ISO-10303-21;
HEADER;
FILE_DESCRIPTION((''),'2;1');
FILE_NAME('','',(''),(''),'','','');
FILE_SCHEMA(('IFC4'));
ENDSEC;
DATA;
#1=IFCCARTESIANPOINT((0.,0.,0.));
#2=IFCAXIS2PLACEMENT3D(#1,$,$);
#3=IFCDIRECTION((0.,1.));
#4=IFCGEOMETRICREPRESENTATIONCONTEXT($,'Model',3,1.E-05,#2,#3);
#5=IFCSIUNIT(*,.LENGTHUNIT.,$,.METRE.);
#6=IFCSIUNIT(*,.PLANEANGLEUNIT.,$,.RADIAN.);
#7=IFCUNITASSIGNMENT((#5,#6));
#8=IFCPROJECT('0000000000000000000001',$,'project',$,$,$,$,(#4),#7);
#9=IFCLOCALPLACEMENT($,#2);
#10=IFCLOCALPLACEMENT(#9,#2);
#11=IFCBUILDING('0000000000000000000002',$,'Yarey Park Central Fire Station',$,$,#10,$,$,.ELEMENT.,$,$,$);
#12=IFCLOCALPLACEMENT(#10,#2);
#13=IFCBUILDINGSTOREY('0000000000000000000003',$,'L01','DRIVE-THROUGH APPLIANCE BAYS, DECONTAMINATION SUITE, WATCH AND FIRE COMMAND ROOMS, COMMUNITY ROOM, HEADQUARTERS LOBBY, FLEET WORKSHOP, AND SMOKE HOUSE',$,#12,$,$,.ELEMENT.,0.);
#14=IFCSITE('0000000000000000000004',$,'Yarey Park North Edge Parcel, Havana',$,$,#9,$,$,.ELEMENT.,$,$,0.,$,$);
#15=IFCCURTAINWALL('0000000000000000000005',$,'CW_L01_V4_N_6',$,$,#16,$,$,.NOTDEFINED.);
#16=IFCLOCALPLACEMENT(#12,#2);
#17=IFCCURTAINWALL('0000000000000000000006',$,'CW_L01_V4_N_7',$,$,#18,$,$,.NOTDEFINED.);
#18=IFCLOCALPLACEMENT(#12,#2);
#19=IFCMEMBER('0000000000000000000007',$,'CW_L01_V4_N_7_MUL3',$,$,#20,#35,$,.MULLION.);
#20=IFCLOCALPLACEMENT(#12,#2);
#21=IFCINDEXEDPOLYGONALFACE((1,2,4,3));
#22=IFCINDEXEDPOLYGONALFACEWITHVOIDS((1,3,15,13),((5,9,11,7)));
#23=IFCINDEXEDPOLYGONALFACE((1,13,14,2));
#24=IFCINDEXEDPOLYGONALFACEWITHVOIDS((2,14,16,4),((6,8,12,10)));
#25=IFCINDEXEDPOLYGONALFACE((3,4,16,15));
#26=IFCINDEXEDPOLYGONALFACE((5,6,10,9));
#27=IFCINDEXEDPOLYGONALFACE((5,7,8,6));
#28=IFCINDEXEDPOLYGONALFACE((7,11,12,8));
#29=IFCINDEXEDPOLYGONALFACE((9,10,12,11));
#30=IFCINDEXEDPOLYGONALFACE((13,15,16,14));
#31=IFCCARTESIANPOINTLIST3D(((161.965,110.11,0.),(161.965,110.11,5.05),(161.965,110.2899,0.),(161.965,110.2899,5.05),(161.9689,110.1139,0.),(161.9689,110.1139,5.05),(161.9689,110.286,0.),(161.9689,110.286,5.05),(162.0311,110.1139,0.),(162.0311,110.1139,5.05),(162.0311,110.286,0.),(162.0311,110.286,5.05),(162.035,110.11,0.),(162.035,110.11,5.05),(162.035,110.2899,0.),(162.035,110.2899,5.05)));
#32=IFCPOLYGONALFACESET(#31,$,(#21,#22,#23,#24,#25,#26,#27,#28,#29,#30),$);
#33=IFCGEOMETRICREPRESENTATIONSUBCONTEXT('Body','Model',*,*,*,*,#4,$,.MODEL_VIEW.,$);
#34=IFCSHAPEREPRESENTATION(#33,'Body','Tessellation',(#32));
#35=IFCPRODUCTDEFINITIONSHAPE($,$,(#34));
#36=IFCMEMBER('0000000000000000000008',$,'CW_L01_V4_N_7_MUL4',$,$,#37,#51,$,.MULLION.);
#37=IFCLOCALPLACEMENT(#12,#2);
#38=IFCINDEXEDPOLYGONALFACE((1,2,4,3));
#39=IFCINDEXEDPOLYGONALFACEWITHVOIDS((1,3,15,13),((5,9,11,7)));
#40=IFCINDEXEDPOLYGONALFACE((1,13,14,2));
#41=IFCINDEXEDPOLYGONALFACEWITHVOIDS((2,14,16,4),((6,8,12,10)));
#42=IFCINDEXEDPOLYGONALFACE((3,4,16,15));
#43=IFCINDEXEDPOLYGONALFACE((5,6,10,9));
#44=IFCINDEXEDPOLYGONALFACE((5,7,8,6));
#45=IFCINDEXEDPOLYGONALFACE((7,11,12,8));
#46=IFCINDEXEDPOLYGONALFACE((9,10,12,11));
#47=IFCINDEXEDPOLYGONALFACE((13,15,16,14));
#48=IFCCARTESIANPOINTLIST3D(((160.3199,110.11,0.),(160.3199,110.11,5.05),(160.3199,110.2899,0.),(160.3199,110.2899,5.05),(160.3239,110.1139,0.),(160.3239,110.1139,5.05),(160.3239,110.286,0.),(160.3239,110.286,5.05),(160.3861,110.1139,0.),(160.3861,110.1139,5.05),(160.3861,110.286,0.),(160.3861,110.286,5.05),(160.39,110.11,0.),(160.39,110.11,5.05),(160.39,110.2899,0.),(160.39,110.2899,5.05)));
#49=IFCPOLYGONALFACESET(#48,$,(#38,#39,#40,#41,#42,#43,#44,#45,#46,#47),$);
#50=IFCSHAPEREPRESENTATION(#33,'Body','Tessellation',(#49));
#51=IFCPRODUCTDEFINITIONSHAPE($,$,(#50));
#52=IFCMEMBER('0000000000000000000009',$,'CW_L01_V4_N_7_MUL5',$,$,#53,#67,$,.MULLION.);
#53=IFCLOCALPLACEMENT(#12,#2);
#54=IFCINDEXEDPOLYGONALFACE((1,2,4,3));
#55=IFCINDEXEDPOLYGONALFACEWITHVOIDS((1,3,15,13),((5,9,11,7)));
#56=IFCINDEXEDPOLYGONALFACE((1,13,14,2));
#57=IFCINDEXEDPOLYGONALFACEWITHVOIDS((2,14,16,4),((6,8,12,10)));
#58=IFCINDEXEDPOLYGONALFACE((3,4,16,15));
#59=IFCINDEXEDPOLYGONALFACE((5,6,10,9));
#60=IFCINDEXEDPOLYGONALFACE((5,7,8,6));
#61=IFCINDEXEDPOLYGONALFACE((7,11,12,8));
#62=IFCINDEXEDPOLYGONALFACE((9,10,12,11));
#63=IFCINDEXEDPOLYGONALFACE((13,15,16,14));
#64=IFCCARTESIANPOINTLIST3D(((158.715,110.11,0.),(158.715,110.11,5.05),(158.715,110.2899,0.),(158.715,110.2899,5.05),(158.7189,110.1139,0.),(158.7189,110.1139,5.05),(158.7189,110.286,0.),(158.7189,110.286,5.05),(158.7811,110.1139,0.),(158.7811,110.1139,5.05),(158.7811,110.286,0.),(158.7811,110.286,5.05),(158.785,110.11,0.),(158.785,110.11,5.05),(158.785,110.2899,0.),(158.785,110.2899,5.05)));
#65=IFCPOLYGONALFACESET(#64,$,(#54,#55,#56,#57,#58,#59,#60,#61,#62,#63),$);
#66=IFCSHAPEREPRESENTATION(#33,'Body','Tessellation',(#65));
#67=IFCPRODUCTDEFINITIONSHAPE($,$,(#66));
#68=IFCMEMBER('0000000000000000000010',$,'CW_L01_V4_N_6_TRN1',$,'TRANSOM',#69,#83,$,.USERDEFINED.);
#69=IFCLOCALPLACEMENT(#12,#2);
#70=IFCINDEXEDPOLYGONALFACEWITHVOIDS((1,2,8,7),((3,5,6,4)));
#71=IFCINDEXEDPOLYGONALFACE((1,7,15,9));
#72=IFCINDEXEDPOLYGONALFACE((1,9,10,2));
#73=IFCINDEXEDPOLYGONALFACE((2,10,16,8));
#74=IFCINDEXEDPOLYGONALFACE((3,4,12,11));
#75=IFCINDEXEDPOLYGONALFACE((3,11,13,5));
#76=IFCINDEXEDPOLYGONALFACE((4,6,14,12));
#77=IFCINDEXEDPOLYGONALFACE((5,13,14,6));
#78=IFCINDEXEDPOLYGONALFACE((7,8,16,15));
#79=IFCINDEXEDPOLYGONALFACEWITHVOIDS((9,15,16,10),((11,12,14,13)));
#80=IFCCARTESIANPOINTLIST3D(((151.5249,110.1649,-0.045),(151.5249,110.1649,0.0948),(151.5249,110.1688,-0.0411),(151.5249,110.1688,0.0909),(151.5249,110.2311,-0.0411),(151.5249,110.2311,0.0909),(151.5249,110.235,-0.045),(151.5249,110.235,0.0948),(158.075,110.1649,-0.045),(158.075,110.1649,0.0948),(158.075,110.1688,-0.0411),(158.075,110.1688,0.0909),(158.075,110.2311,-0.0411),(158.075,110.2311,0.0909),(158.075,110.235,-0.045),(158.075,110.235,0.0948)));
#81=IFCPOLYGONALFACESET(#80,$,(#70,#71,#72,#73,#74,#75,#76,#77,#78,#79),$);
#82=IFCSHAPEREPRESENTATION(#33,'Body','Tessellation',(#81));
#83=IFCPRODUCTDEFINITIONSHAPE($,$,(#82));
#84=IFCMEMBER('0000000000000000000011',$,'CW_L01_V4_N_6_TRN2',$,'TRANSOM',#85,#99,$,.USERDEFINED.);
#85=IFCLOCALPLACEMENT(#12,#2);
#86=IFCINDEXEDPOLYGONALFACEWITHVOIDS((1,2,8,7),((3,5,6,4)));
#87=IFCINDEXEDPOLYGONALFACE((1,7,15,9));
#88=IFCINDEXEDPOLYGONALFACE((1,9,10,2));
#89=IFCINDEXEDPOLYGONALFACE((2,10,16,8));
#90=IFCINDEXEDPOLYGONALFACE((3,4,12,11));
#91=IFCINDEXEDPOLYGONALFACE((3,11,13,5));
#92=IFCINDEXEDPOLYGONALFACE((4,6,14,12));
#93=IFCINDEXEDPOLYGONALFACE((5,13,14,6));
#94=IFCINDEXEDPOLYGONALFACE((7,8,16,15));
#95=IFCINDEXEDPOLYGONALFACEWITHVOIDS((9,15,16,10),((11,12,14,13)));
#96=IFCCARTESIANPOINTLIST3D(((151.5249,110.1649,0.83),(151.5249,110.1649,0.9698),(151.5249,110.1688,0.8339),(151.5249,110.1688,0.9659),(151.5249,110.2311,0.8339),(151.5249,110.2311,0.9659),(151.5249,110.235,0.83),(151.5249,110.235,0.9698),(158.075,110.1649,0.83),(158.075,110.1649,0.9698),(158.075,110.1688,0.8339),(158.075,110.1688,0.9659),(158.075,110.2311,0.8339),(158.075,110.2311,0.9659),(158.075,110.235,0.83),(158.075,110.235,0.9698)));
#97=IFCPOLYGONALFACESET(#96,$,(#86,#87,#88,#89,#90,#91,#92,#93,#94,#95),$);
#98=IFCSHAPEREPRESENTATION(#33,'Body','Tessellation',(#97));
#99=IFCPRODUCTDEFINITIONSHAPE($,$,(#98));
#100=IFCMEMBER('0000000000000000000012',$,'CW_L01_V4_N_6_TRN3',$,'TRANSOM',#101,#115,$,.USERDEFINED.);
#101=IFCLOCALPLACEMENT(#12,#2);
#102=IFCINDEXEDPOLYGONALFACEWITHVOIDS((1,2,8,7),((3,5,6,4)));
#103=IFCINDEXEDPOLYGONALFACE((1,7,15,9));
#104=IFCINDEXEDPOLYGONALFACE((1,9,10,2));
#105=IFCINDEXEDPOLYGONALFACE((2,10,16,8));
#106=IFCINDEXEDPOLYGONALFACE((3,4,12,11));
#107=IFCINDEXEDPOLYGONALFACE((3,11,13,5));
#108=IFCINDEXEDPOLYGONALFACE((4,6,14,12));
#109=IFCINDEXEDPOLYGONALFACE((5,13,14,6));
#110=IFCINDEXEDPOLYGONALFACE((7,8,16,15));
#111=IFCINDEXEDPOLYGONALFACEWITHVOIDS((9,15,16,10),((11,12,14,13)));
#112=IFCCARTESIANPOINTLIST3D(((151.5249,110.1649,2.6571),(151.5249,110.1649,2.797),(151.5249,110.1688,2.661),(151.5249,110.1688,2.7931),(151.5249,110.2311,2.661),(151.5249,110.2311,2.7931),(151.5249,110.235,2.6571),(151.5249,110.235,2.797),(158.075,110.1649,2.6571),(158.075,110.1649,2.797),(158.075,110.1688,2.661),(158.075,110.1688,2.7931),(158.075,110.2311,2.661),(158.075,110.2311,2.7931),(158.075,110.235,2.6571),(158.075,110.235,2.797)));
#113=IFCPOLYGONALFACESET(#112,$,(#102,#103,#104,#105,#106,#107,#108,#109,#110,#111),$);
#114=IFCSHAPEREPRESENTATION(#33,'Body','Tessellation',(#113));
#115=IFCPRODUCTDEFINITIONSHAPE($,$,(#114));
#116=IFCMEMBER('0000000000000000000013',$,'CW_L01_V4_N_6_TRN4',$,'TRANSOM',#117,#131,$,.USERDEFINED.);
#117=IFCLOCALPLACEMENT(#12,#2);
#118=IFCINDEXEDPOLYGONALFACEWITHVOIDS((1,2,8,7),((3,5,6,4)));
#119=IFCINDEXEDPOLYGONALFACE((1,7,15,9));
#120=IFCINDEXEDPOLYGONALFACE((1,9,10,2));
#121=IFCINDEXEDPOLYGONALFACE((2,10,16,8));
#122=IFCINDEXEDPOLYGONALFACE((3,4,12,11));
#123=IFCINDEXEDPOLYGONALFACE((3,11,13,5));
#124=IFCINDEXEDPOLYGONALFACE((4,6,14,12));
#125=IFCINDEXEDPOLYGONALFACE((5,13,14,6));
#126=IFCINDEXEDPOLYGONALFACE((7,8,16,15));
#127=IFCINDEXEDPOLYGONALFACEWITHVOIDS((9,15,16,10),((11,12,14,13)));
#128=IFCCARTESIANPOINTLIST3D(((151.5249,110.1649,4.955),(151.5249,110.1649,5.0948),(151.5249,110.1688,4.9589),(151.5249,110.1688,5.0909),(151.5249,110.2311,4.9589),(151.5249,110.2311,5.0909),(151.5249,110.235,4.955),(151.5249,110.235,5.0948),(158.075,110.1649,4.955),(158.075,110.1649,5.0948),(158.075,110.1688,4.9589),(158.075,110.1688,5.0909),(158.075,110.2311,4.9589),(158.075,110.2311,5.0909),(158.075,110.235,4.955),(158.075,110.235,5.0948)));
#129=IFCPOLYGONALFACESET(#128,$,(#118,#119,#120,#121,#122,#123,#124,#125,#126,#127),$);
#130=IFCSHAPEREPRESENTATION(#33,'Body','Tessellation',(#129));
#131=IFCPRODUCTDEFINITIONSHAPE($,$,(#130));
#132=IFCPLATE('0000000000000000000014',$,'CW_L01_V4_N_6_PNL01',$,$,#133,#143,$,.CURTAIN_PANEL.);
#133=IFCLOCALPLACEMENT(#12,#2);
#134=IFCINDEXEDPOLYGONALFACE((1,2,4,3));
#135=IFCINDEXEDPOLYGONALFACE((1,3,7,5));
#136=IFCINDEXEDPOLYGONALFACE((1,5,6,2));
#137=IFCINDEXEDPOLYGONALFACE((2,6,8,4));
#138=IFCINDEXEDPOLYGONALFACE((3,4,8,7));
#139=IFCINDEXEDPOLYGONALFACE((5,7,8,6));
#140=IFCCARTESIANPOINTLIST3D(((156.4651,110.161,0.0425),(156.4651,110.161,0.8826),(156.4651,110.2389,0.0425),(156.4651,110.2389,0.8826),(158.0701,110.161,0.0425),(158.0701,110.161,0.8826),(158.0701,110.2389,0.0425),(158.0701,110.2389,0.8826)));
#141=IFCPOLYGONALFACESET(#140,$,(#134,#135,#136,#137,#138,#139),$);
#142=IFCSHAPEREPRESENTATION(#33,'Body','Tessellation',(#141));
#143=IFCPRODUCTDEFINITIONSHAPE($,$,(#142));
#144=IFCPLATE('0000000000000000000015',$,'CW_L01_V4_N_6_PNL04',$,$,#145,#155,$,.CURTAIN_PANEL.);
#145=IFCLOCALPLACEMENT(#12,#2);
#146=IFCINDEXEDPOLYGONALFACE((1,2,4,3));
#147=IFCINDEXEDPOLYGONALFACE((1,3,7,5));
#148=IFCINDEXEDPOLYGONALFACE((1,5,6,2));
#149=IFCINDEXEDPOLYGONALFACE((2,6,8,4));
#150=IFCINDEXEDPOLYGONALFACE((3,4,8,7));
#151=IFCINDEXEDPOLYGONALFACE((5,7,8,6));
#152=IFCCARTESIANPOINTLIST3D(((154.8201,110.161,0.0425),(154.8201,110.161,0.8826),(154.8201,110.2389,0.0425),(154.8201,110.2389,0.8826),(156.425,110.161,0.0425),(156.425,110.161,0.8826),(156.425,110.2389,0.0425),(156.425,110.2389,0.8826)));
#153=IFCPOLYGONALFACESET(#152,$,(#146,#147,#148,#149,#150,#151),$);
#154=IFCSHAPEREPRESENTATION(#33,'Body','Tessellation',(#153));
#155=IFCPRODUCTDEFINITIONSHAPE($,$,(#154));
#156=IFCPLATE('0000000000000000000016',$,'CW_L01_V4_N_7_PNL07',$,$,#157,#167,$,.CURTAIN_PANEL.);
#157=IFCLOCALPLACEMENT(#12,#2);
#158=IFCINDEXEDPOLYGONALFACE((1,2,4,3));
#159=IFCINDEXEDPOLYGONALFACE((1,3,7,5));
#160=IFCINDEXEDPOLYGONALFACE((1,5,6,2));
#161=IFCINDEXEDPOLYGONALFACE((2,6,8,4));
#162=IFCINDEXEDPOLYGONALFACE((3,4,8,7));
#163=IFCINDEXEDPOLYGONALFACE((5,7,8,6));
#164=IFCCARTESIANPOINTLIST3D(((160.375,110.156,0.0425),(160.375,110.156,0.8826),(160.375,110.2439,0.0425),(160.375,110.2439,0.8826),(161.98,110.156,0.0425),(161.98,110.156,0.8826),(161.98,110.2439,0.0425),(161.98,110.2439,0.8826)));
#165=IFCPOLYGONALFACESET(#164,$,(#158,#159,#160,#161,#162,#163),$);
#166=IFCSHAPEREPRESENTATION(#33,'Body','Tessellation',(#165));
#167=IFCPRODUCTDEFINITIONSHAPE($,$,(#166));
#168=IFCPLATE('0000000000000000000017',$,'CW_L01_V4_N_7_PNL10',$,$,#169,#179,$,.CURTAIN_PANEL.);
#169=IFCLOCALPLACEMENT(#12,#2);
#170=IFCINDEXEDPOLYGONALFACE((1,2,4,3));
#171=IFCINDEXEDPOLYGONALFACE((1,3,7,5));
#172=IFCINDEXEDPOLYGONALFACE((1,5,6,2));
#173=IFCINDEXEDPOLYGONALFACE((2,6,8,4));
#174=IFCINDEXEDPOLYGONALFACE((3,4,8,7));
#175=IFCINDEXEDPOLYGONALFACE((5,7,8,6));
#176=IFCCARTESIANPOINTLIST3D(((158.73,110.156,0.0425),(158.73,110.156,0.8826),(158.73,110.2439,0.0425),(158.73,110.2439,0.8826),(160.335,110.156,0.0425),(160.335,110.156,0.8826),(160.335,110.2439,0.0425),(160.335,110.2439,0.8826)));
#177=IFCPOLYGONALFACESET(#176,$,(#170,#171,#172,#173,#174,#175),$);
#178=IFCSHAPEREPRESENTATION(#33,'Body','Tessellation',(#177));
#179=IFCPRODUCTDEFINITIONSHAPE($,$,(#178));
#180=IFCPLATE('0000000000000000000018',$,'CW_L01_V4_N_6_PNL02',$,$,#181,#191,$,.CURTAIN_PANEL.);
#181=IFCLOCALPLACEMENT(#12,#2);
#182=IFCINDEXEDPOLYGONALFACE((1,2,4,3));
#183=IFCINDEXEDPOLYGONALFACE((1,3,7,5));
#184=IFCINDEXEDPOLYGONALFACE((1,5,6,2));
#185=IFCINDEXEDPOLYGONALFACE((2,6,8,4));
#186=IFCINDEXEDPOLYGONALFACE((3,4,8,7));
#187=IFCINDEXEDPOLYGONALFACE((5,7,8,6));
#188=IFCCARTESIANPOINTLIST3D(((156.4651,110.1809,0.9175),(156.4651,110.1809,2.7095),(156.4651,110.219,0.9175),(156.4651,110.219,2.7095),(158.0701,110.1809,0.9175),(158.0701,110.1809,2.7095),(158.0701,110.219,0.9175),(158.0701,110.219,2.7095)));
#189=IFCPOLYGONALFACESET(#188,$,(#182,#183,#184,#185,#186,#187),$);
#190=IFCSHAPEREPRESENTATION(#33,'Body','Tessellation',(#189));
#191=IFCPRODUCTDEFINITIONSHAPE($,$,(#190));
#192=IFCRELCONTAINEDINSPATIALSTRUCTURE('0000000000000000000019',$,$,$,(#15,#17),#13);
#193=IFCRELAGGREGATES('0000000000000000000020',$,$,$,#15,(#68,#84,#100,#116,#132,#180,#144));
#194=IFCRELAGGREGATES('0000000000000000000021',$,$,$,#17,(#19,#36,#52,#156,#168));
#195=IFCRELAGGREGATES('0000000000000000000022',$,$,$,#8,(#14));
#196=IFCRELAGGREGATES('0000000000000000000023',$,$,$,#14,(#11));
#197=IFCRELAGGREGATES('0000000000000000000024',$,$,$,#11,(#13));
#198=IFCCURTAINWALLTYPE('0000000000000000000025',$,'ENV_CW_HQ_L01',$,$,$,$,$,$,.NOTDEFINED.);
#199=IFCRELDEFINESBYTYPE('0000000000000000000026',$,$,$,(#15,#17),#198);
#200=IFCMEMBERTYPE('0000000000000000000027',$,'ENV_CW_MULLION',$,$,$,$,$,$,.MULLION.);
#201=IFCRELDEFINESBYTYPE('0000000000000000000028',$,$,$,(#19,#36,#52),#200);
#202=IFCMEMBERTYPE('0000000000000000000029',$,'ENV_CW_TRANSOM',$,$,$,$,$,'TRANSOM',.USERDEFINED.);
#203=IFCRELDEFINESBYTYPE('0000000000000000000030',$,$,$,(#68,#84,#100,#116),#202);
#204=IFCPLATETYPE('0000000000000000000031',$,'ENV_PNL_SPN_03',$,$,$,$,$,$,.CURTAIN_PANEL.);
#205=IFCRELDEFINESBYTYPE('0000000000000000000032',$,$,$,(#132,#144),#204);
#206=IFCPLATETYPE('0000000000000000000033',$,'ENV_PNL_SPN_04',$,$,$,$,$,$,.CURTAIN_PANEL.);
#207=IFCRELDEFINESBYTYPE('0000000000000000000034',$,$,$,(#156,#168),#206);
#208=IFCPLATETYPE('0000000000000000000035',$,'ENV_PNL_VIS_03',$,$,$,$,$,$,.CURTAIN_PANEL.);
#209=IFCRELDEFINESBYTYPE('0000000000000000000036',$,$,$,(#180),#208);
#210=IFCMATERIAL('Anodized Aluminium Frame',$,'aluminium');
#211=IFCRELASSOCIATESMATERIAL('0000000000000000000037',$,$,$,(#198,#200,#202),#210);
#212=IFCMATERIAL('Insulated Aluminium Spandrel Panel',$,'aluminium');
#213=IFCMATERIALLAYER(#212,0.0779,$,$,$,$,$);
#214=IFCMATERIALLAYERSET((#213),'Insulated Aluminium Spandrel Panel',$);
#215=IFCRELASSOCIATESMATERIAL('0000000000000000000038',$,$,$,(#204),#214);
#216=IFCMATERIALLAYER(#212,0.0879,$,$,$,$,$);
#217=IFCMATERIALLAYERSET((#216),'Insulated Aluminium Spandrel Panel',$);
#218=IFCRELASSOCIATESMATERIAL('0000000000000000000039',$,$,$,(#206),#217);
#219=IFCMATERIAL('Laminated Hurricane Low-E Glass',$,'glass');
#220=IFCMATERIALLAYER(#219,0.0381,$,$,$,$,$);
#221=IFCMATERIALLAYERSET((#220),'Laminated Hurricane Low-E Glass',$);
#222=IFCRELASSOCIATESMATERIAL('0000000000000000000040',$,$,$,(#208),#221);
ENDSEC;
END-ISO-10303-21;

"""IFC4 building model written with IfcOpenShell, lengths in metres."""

from ifc_helpers import new_model, si_unit, direction, frame, origin, origin_2d, place, context, subcontext, project, spatial, rectangle, hollow_rectangle, extrude, material, layer, layer_set, material_profile, profile_set, type_object, element, aggregate, save


model = new_model("IFC4")

# Units and contexts
model_context = context("Model", 3, precision=1e-05, world=origin(), true_north=direction((0.0, 1.0)))
body_context = subcontext(model_context, "Body", "Model", "MODEL_VIEW")
ifc_project = project(units=[si_unit("LENGTHUNIT", "METRE"), si_unit("PLANEANGLEUNIT", "RADIAN")], contexts=[model_context])

# Site, building, storey
site_placement = place(None, origin())
site = spatial("IfcSite", under=ifc_project, at=site_placement, Name="Yarey Park North Edge Parcel, Havana", CompositionType="ELEMENT", RefElevation=0.0)
building_placement = place(site_placement, origin())
building = spatial("IfcBuilding", under=site, at=building_placement, Name="Yarey Park Central Fire Station", CompositionType="ELEMENT")
storey_placement = place(building_placement, origin())
storey = spatial("IfcBuildingStorey", under=building, at=storey_placement, Name="L01", Description="DRIVE-THROUGH APPLIANCE BAYS, DECONTAMINATION SUITE, WATCH AND FIRE COMMAND ROOMS, COMMUNITY ROOM, HEADQUARTERS LOBBY, FLEET WORKSHOP, AND SMOKE HOUSE", CompositionType="ELEMENT", Elevation=0.0)

# Curtain walls, members
ifc_material_1 = material(Name="Anodized Aluminium Frame", Category="aluminium")
curtain_wall_type = type_object("IfcCurtainWallType", Name="ENV_CW_HQ_L01", PredefinedType="NOTDEFINED", material=ifc_material_1)
curtain_wall_1_placement = place(storey_placement, origin())
curtain_wall_1 = element("IfcCurtainWall", 1, at=curtain_wall_1_placement, inside=storey, type_object=curtain_wall_type, Name="CW_L01_V4_N_6", PredefinedType="NOTDEFINED")
ifc_material_profile_1 = material_profile(ifc_material_1, hollow_rectangle(XDim=0.0701, YDim=0.1799, WallThickness=0.0039, at=origin_2d()), Name="ALU 180x70x4")
ifc_profile_set_1 = profile_set([ifc_material_profile_1], Name="Anodized Aluminium Frame")
member_type_1 = type_object("IfcMemberType", Name="ENV_CW_MULLION", PredefinedType="MULLION", material=ifc_profile_set_1)
curtain_wall_2_placement = place(storey_placement, origin())
curtain_wall_2 = element("IfcCurtainWall", 2, at=curtain_wall_2_placement, inside=storey, type_object=curtain_wall_type, Name="CW_L01_V4_N_7", PredefinedType="NOTDEFINED")
member_1_placement = place(storey_placement, frame((162.0, 110.2, 0.0), z_axis=(0.0, 0.0, 1.0), x_axis=(1.0, 0.0, 0.0)))
member_1 = element("IfcMember", 3, at=member_1_placement, type_object=member_type_1, Name="CW_L01_V4_N_7_MUL3", PredefinedType="MULLION", context=body_context, shape_type="SweptSolid", body=[
    extrude(hollow_rectangle(XDim=0.0701, YDim=0.1799, WallThickness=0.0039, at=origin_2d()), origin(), (0.0, 0.0, 1.0), 5.05),
])
member_2_placement = place(storey_placement, frame((160.355, 110.2, 0.0), z_axis=(0.0, 0.0, 1.0), x_axis=(1.0, 0.0, 0.0)))
member_2 = element("IfcMember", 4, at=member_2_placement, type_object=member_type_1, Name="CW_L01_V4_N_7_MUL4", PredefinedType="MULLION", context=body_context, shape_type="SweptSolid", body=[
    extrude(hollow_rectangle(XDim=0.0701, YDim=0.1799, WallThickness=0.0039, at=origin_2d()), origin(), (0.0, 0.0, 1.0), 5.05),
])
member_3_placement = place(storey_placement, frame((158.75, 110.2, 0.0), z_axis=(0.0, 0.0, 1.0), x_axis=(1.0, 0.0, 0.0)))
member_3 = element("IfcMember", 5, at=member_3_placement, type_object=member_type_1, Name="CW_L01_V4_N_7_MUL5", PredefinedType="MULLION", context=body_context, shape_type="SweptSolid", body=[
    extrude(hollow_rectangle(XDim=0.0701, YDim=0.1799, WallThickness=0.0039, at=origin_2d()), origin(), (0.0, 0.0, 1.0), 5.05),
])

# Members
ifc_material_profile_2 = material_profile(ifc_material_1, hollow_rectangle(XDim=0.0701, YDim=0.1399, WallThickness=0.0039, at=origin_2d()), Name="ALU 140x70x4")
ifc_profile_set_2 = profile_set([ifc_material_profile_2], Name="Anodized Aluminium Frame")
member_type_2 = type_object("IfcMemberType", Name="ENV_CW_TRANSOM", ElementType="TRANSOM", PredefinedType="USERDEFINED", material=ifc_profile_set_2)
member_4_placement = place(storey_placement, frame((158.075, 110.2, 0.0249), z_axis=(-1.0, 0.0, 0.0), x_axis=(0.0, -1.0, 0.0)))
member_4 = element("IfcMember", 6, at=member_4_placement, type_object=member_type_2, Name="CW_L01_V4_N_6_TRN1", ObjectType="TRANSOM", PredefinedType="USERDEFINED", context=body_context, shape_type="SweptSolid", body=[
    extrude(hollow_rectangle(XDim=0.0701, YDim=0.1399, WallThickness=0.0039, at=origin_2d()), origin(), (0.0, 0.0, 1.0), 6.55),
])
member_5_placement = place(storey_placement, frame((158.075, 110.2, 0.8999), z_axis=(-1.0, 0.0, 0.0), x_axis=(0.0, -1.0, 0.0)))
member_5 = element("IfcMember", 7, at=member_5_placement, type_object=member_type_2, Name="CW_L01_V4_N_6_TRN2", ObjectType="TRANSOM", PredefinedType="USERDEFINED", context=body_context, shape_type="SweptSolid", body=[
    extrude(hollow_rectangle(XDim=0.0701, YDim=0.1399, WallThickness=0.0039, at=origin_2d()), origin(), (0.0, 0.0, 1.0), 6.55),
])
member_6_placement = place(storey_placement, frame((158.075, 110.2, 2.7271), z_axis=(-1.0, 0.0, 0.0), x_axis=(0.0, -1.0, 0.0)))
member_6 = element("IfcMember", 8, at=member_6_placement, type_object=member_type_2, Name="CW_L01_V4_N_6_TRN3", ObjectType="TRANSOM", PredefinedType="USERDEFINED", context=body_context, shape_type="SweptSolid", body=[
    extrude(hollow_rectangle(XDim=0.0701, YDim=0.1399, WallThickness=0.0039, at=origin_2d()), origin(), (0.0, 0.0, 1.0), 6.55),
])
member_7_placement = place(storey_placement, frame((158.075, 110.2, 5.0249), z_axis=(-1.0, 0.0, 0.0), x_axis=(0.0, -1.0, 0.0)))
member_7 = element("IfcMember", 9, at=member_7_placement, type_object=member_type_2, Name="CW_L01_V4_N_6_TRN4", ObjectType="TRANSOM", PredefinedType="USERDEFINED", context=body_context, shape_type="SweptSolid", body=[
    extrude(hollow_rectangle(XDim=0.0701, YDim=0.1399, WallThickness=0.0039, at=origin_2d()), origin(), (0.0, 0.0, 1.0), 6.55),
])

# Plates
ifc_material_2 = material(Name="Insulated Aluminium Spandrel Panel", Category="aluminium")
ifc_layer_1 = layer(ifc_material_2, 0.0779)
ifc_layer_set_1 = layer_set([ifc_layer_1], Name="Insulated Aluminium Spandrel Panel")
plate_type_1 = type_object("IfcPlateType", Name="ENV_PNL_SPN_03", PredefinedType="CURTAIN_PANEL", material=ifc_layer_set_1)
plate_1_placement = place(storey_placement, frame((157.2676, 110.2, 0.0425), z_axis=(0.0, 0.0, 1.0), x_axis=(-1.0, 0.0, 0.0)))
plate_1 = element("IfcPlate", 10, at=plate_1_placement, type_object=plate_type_1, Name="CW_L01_V4_N_6_PNL01", PredefinedType="CURTAIN_PANEL", context=body_context, shape_type="SweptSolid", body=[
    extrude(rectangle(XDim=1.605, YDim=0.0779, at=origin_2d()), origin(), (0.0, 0.0, 1.0), 0.8401),
])
plate_2_placement = place(storey_placement, frame((155.6226, 110.2, 0.0425), z_axis=(0.0, 0.0, 1.0), x_axis=(-1.0, 0.0, 0.0)))
plate_2 = element("IfcPlate", 11, at=plate_2_placement, type_object=plate_type_1, Name="CW_L01_V4_N_6_PNL04", PredefinedType="CURTAIN_PANEL", context=body_context, shape_type="SweptSolid", body=[
    extrude(rectangle(XDim=1.605, YDim=0.0779, at=origin_2d()), origin(), (0.0, 0.0, 1.0), 0.8401),
])
ifc_layer_2 = layer(ifc_material_2, 0.0879)
ifc_layer_set_2 = layer_set([ifc_layer_2], Name="Insulated Aluminium Spandrel Panel")
plate_type_2 = type_object("IfcPlateType", Name="ENV_PNL_SPN_04", PredefinedType="CURTAIN_PANEL", material=ifc_layer_set_2)
plate_3_placement = place(storey_placement, frame((161.1775, 110.2, 0.0425), z_axis=(0.0, 0.0, 1.0), x_axis=(-1.0, 0.0, 0.0)))
plate_3 = element("IfcPlate", 12, at=plate_3_placement, type_object=plate_type_2, Name="CW_L01_V4_N_7_PNL07", PredefinedType="CURTAIN_PANEL", context=body_context, shape_type="SweptSolid", body=[
    extrude(rectangle(XDim=1.605, YDim=0.0879, at=origin_2d()), origin(), (0.0, 0.0, 1.0), 0.8401),
])
plate_4_placement = place(storey_placement, frame((159.5325, 110.2, 0.0425), z_axis=(0.0, 0.0, 1.0), x_axis=(-1.0, 0.0, 0.0)))
plate_4 = element("IfcPlate", 13, at=plate_4_placement, type_object=plate_type_2, Name="CW_L01_V4_N_7_PNL10", PredefinedType="CURTAIN_PANEL", context=body_context, shape_type="SweptSolid", body=[
    extrude(rectangle(XDim=1.605, YDim=0.0879, at=origin_2d()), origin(), (0.0, 0.0, 1.0), 0.8401),
])
ifc_material_3 = material(Name="Laminated Hurricane Low-E Glass", Category="glass")
ifc_layer_3 = layer(ifc_material_3, 0.0381)
ifc_layer_set_3 = layer_set([ifc_layer_3], Name="Laminated Hurricane Low-E Glass")
plate_type_3 = type_object("IfcPlateType", Name="ENV_PNL_VIS_03", PredefinedType="CURTAIN_PANEL", material=ifc_layer_set_3)
plate_5_placement = place(storey_placement, frame((157.2676, 110.2, 0.9175), z_axis=(0.0, 0.0, 1.0), x_axis=(-1.0, 0.0, 0.0)))
plate_5 = element("IfcPlate", 14, at=plate_5_placement, type_object=plate_type_3, Name="CW_L01_V4_N_6_PNL02", PredefinedType="CURTAIN_PANEL", context=body_context, shape_type="SweptSolid", body=[
    extrude(rectangle(XDim=1.605, YDim=0.0381, at=origin_2d()), origin(), (0.0, 0.0, 1.0), 1.792),
])
aggregate(curtain_wall_1, [member_4, member_5, member_6, member_7, plate_1, plate_5, plate_2])
aggregate(curtain_wall_2, [member_1, member_2, member_3, plate_3, plate_4])

save(model, "model.ifc")
